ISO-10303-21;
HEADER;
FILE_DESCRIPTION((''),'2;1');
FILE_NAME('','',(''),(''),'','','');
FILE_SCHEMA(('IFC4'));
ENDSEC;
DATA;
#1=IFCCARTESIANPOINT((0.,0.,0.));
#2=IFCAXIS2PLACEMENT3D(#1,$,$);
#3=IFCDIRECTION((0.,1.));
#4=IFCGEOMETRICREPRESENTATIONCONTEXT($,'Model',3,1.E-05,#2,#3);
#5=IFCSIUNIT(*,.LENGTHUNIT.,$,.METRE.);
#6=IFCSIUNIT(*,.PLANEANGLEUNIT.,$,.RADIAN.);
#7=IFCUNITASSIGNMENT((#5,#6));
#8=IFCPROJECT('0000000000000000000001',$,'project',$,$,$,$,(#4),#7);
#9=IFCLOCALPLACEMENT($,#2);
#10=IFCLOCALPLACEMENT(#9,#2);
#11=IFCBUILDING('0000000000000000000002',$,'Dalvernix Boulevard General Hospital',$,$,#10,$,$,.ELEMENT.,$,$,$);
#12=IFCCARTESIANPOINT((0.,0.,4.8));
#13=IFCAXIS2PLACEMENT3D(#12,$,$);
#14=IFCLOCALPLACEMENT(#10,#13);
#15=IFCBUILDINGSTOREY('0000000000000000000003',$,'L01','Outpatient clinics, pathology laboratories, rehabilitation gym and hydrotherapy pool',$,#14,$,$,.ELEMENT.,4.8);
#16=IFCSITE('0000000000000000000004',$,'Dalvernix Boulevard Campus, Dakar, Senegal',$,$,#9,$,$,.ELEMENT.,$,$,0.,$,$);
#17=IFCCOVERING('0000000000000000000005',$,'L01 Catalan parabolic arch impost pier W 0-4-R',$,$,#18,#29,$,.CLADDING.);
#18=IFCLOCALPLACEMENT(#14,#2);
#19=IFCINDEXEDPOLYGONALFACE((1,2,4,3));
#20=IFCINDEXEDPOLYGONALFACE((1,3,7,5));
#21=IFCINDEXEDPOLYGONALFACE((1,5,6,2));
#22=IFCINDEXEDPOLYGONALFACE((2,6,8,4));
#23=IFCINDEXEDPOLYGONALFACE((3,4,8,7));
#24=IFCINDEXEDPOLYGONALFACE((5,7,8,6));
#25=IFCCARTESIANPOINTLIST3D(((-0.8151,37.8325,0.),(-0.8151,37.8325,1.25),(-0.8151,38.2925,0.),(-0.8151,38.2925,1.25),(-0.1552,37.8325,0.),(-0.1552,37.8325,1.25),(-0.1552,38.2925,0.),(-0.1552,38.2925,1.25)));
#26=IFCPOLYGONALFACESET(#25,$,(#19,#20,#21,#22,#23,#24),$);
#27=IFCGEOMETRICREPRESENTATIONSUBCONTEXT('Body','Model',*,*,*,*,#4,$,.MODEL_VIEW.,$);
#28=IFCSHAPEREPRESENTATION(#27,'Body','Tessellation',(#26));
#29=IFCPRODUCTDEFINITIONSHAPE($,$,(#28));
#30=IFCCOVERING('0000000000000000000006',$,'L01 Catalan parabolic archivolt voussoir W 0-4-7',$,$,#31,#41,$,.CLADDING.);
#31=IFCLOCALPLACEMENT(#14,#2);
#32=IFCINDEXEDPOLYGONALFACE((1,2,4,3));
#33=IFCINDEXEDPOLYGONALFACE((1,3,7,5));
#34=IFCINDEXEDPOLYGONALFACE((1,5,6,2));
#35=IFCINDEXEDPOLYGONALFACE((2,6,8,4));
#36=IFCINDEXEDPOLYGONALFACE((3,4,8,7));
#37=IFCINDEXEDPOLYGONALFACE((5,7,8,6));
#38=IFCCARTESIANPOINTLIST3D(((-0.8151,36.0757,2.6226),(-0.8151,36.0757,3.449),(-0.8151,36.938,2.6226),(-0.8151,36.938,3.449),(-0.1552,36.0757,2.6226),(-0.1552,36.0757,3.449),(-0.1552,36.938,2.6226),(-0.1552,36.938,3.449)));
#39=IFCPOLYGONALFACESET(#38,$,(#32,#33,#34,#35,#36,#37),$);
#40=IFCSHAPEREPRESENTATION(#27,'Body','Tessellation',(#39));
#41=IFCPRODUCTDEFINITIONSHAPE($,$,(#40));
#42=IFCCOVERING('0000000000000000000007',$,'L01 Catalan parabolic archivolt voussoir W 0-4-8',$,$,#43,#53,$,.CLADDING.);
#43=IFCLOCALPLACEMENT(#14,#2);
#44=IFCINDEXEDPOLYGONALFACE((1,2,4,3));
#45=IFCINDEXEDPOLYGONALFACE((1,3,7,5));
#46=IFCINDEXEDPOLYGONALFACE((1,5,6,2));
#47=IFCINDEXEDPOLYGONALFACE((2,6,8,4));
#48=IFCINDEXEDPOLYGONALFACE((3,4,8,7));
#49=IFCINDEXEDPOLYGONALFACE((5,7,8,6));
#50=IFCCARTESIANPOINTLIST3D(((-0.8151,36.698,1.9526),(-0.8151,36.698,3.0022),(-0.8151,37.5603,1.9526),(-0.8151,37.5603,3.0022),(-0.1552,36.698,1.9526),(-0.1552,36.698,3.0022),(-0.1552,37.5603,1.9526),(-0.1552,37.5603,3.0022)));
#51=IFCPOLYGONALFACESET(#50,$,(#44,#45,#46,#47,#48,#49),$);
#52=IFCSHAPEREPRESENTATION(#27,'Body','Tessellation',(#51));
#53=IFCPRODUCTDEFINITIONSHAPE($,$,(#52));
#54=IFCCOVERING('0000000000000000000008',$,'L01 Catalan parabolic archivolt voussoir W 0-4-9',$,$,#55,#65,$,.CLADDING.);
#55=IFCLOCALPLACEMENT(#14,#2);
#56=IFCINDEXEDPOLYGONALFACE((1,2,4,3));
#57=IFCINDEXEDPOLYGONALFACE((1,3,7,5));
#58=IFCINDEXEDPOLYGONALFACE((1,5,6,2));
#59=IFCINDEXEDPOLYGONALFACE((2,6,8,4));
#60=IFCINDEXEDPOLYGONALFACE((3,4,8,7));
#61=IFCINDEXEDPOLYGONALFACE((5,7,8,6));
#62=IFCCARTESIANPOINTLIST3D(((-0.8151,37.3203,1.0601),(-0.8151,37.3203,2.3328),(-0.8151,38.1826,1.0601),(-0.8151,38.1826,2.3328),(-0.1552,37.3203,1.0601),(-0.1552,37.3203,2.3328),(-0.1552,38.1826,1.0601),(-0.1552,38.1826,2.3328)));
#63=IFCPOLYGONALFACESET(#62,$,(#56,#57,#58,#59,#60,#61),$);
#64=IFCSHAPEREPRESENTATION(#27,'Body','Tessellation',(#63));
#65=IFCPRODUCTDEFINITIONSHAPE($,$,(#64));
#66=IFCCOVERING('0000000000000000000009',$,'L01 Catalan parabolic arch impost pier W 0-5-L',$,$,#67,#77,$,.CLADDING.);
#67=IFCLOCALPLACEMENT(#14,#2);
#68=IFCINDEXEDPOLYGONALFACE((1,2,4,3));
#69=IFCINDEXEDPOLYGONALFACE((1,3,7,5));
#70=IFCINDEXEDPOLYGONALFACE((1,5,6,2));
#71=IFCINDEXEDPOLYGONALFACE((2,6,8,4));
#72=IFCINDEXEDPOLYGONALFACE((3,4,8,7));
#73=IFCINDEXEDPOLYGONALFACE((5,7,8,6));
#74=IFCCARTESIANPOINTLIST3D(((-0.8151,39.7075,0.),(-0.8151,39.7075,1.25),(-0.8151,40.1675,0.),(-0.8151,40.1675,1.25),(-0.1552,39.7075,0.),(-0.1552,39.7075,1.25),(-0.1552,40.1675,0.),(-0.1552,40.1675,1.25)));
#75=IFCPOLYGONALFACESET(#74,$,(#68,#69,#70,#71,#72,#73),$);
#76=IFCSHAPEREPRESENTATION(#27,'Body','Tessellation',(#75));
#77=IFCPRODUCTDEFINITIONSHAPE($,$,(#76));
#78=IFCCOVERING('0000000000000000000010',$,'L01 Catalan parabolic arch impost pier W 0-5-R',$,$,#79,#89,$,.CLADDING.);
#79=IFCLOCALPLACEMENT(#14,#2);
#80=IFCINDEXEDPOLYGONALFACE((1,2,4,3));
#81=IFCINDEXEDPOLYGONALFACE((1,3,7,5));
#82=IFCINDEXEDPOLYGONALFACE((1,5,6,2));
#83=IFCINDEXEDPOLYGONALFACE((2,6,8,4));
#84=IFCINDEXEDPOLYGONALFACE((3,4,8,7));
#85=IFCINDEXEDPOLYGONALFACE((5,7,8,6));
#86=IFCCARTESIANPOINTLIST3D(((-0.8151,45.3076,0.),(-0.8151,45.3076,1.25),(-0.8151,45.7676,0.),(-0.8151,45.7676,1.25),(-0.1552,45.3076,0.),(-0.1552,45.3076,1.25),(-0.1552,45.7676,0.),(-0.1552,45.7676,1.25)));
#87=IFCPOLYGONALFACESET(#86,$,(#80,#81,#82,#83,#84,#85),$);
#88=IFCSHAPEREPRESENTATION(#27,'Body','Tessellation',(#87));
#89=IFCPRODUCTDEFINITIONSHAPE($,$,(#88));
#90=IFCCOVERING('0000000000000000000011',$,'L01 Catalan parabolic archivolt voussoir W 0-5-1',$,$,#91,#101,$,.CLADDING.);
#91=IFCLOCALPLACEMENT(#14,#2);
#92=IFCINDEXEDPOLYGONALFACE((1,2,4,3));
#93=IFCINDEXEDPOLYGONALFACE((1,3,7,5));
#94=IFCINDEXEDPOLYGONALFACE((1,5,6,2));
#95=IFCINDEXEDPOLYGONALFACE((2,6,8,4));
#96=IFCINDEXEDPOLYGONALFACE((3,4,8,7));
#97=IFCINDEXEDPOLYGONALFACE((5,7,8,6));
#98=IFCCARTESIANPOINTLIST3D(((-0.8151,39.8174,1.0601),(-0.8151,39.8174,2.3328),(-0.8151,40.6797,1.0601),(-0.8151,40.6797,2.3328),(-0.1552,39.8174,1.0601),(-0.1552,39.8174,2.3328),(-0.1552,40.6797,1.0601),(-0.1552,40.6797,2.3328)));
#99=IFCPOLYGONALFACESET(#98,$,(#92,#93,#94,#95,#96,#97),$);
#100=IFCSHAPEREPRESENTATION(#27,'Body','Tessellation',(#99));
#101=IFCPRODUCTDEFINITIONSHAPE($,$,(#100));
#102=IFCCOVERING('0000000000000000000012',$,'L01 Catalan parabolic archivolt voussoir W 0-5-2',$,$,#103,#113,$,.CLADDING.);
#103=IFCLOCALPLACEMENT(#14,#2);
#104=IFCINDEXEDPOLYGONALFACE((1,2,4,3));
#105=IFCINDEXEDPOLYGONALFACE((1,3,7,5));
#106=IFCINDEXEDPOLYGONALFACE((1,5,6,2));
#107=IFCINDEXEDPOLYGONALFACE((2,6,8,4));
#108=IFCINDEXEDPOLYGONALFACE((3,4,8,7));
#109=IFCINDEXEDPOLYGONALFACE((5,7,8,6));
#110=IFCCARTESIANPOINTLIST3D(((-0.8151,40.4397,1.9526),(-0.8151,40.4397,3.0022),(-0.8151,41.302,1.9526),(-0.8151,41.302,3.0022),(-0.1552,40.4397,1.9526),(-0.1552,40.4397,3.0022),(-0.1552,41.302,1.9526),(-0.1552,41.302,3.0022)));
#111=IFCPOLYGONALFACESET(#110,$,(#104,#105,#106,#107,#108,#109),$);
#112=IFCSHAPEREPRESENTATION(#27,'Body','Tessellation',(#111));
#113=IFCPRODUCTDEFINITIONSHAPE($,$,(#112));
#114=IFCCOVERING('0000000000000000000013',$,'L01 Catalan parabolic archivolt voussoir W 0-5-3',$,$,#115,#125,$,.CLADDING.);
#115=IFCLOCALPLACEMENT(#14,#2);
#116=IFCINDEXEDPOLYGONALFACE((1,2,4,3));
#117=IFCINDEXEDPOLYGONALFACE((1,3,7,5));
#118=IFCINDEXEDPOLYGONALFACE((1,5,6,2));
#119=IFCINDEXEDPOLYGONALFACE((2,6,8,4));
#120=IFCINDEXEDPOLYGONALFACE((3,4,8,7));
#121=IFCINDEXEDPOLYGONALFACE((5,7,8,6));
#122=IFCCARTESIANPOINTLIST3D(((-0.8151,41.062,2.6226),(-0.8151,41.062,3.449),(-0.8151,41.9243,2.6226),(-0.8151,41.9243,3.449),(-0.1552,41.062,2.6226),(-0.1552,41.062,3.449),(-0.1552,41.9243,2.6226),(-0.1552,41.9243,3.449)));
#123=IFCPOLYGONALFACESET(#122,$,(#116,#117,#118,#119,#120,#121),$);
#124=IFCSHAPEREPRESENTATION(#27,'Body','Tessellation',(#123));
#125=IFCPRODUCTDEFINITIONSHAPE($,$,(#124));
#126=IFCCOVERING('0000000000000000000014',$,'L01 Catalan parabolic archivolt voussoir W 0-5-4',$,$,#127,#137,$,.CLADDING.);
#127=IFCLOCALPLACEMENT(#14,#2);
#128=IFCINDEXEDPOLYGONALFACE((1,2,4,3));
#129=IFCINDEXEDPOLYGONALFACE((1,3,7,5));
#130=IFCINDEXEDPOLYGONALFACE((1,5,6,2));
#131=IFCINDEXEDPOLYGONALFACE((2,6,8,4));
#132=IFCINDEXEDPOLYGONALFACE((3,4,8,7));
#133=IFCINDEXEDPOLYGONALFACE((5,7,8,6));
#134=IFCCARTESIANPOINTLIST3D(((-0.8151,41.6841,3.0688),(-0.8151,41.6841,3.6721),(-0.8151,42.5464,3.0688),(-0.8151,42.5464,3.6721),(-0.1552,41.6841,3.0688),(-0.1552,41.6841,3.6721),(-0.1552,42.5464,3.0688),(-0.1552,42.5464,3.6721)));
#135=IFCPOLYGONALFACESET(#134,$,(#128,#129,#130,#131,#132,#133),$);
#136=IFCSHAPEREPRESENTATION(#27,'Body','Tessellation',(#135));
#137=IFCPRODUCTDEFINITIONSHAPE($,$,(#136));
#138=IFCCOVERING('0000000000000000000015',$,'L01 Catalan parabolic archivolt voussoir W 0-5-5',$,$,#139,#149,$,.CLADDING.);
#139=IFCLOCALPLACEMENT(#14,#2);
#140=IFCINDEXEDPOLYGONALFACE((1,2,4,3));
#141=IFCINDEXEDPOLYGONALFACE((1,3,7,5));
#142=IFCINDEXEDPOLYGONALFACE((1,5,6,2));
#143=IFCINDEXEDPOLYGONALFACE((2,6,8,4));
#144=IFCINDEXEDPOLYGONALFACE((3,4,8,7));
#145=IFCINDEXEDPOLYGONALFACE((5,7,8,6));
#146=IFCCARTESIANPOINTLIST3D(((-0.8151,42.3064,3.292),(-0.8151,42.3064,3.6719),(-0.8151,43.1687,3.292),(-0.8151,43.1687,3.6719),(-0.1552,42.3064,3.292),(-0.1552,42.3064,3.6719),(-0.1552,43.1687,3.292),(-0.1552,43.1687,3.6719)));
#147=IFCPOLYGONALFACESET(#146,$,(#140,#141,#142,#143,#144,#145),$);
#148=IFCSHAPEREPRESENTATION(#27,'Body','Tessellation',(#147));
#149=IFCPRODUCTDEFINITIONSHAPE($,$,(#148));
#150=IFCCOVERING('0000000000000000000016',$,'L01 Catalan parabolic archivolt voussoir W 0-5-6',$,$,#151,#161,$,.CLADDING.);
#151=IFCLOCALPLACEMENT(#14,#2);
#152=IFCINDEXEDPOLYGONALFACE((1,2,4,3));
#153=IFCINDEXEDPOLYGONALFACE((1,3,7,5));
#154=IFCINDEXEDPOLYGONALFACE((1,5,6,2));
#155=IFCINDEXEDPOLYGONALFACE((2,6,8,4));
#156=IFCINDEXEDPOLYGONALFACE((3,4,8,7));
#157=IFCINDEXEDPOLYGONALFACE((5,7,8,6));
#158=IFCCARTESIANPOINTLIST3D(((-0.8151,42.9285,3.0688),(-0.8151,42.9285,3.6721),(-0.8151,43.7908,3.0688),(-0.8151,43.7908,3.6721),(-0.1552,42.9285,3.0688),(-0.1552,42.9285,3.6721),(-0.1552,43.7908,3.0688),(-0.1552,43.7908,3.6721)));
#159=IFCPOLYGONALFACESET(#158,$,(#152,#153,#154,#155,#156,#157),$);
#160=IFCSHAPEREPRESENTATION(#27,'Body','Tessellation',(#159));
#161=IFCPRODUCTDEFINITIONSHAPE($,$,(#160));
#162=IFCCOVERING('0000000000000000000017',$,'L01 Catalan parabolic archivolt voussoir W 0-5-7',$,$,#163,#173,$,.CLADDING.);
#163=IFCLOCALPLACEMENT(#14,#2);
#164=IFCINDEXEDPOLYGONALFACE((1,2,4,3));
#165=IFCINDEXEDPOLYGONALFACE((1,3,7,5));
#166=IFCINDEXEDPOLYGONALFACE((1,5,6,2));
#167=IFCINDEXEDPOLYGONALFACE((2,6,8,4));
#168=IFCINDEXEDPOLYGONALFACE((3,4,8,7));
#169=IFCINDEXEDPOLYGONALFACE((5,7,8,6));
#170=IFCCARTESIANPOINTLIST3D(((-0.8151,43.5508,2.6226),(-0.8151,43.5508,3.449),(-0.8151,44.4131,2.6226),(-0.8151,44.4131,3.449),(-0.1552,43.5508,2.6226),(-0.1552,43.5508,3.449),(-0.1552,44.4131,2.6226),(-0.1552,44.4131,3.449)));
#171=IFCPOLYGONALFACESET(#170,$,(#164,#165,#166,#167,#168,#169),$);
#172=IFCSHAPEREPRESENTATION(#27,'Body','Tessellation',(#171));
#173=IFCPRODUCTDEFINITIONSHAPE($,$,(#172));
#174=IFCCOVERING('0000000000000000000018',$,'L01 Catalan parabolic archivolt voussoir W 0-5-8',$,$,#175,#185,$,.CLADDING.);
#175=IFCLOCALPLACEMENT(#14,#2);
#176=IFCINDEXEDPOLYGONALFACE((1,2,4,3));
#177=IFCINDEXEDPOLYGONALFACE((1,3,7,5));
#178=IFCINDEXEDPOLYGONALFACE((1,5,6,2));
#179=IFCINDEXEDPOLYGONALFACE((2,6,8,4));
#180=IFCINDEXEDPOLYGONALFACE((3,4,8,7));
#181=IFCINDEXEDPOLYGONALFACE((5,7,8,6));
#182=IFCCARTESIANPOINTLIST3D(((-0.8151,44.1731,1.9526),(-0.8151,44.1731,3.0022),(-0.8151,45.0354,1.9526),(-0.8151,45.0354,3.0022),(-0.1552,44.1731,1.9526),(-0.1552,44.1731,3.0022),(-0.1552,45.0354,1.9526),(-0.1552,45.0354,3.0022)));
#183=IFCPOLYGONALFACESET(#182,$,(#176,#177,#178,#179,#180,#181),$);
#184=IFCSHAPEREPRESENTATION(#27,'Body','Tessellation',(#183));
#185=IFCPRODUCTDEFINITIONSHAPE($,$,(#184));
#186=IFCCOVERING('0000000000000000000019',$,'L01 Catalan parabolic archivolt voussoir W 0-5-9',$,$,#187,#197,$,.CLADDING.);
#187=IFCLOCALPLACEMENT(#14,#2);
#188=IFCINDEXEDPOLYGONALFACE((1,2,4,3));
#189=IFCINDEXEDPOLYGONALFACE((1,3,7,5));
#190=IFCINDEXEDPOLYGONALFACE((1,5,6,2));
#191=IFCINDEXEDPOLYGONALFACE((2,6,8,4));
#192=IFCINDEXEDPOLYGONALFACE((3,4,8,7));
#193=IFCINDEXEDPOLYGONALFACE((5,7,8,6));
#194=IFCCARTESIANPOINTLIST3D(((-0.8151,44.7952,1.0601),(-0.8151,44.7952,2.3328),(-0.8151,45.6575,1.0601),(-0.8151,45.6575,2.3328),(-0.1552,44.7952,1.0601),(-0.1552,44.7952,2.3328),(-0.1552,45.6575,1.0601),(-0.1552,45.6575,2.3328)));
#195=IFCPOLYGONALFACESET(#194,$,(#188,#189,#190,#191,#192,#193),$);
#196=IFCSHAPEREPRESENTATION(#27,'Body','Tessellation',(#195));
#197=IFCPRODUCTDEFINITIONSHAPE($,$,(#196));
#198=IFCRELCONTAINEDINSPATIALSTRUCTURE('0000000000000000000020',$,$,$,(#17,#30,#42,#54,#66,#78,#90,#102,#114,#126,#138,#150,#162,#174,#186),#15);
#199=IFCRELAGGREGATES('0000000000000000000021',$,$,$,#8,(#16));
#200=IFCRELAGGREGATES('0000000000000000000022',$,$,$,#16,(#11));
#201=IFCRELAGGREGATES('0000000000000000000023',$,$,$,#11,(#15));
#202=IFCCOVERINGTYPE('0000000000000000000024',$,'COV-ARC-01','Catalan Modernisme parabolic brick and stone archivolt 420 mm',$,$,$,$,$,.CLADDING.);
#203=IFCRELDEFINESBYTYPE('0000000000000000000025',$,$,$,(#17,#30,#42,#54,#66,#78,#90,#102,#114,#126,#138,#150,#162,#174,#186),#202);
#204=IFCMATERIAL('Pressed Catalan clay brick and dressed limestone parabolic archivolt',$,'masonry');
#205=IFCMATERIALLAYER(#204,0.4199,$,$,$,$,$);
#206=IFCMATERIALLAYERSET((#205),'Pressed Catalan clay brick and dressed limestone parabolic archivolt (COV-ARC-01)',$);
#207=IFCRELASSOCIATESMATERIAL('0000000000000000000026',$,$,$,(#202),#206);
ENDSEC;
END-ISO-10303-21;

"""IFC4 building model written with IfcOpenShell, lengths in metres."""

from ifc_helpers import new_model, si_unit, direction, frame, origin, origin_2d, place, context, subcontext, project, spatial, rectangle, extrude, material, layer, layer_set, type_object, element, save


model = new_model("IFC4")

# Units and contexts
model_context = context("Model", 3, precision=1e-05, world=origin(), true_north=direction((0.0, 1.0)))
body_context = subcontext(model_context, "Body", "Model", "MODEL_VIEW")
ifc_project = project(units=[si_unit("LENGTHUNIT", "METRE"), si_unit("PLANEANGLEUNIT", "RADIAN")], contexts=[model_context])

# Site, building, storey
site_placement = place(None, origin())
site = spatial("IfcSite", under=ifc_project, at=site_placement, Name="Dalvernix Boulevard Campus, Dakar, Senegal", CompositionType="ELEMENT", RefElevation=0.0)
building_placement = place(site_placement, origin())
building = spatial("IfcBuilding", under=site, at=building_placement, Name="Dalvernix Boulevard General Hospital", CompositionType="ELEMENT")
storey_placement = place(building_placement, frame((0.0, 0.0, 4.8)))
storey = spatial("IfcBuildingStorey", under=building, at=storey_placement, Name="L01", Description="Outpatient clinics, pathology laboratories, rehabilitation gym and hydrotherapy pool", CompositionType="ELEMENT", Elevation=4.8)

# Coverings
ifc_material_1 = material(Name="Pressed Catalan clay brick and dressed limestone parabolic archivolt", Category="masonry")
ifc_layer_1 = layer(ifc_material_1, 0.4199)
ifc_layer_set_1 = layer_set([ifc_layer_1], Name="Pressed Catalan clay brick and dressed limestone parabolic archivolt (COV-ARC-01)")
covering_type_1 = type_object("IfcCoveringType", Name="COV-ARC-01", Description="Catalan Modernisme parabolic brick and stone archivolt 420 mm", PredefinedType="CLADDING", material=ifc_layer_set_1)
covering_1_placement = place(storey_placement, frame((-0.4851, 38.0625, 0.0), z_axis=(0.0, 0.0, 1.0), x_axis=(0.0, 1.0, 0.0)))
element("IfcCovering", 1, at=covering_1_placement, inside=storey, type_object=covering_type_1, Name="L01 Catalan parabolic arch impost pier W 0-4-R", PredefinedType="CLADDING", context=body_context, shape_type="SweptSolid", body=[
    extrude(rectangle(XDim=0.46, YDim=0.6599, at=origin_2d()), origin(), (0.0, 0.0, 1.0), 1.25),
])
covering_2_placement = place(storey_placement, frame((-0.4851, 36.5068, 2.6226), z_axis=(0.0, 0.0, 1.0), x_axis=(0.0, 1.0, 0.0)))
element("IfcCovering", 2, at=covering_2_placement, inside=storey, type_object=covering_type_1, Name="L01 Catalan parabolic archivolt voussoir W 0-4-7", PredefinedType="CLADDING", context=body_context, shape_type="SweptSolid", body=[
    extrude(rectangle(XDim=0.8623, YDim=0.6599, at=origin_2d()), origin(), (0.0, 0.0, 1.0), 0.8264),
])
covering_3_placement = place(storey_placement, frame((-0.4851, 37.1292, 1.9526), z_axis=(0.0, 0.0, 1.0), x_axis=(0.0, 1.0, 0.0)))
element("IfcCovering", 3, at=covering_3_placement, inside=storey, type_object=covering_type_1, Name="L01 Catalan parabolic archivolt voussoir W 0-4-8", PredefinedType="CLADDING", context=body_context, shape_type="SweptSolid", body=[
    extrude(rectangle(XDim=0.8623, YDim=0.6599, at=origin_2d()), origin(), (0.0, 0.0, 1.0), 1.0496),
])
covering_4_placement = place(storey_placement, frame((-0.4851, 37.7515, 1.0601), z_axis=(0.0, 0.0, 1.0), x_axis=(0.0, 1.0, 0.0)))
element("IfcCovering", 4, at=covering_4_placement, inside=storey, type_object=covering_type_1, Name="L01 Catalan parabolic archivolt voussoir W 0-4-9", PredefinedType="CLADDING", context=body_context, shape_type="SweptSolid", body=[
    extrude(rectangle(XDim=0.8623, YDim=0.6599, at=origin_2d()), origin(), (0.0, 0.0, 1.0), 1.2727),
])
for number, where, z_axis, x_axis, name in (
    (5, (-0.4851, 39.9375, 0.0), (0.0, 0.0, 1.0), (0.0, 1.0, 0.0), "L01 Catalan parabolic arch impost pier W 0-5-L"),
    (6, (-0.4851, 45.5376, 0.0), (0.0, 0.0, 1.0), (0.0, 1.0, 0.0), "L01 Catalan parabolic arch impost pier W 0-5-R"),
):
    element("IfcCovering", number, at=place(storey_placement, frame(where, z_axis=z_axis, x_axis=x_axis)), inside=storey, type_object=covering_type_1, Name=name, PredefinedType="CLADDING", context=body_context, shape_type="SweptSolid", body=[
        extrude(rectangle(XDim=0.46, YDim=0.6599, at=origin_2d()), origin(), (0.0, 0.0, 1.0), 1.25),
    ])
covering_5_placement = place(storey_placement, frame((-0.4851, 40.2485, 1.0601), z_axis=(0.0, 0.0, 1.0), x_axis=(0.0, 1.0, 0.0)))
element("IfcCovering", 7, at=covering_5_placement, inside=storey, type_object=covering_type_1, Name="L01 Catalan parabolic archivolt voussoir W 0-5-1", PredefinedType="CLADDING", context=body_context, shape_type="SweptSolid", body=[
    extrude(rectangle(XDim=0.8623, YDim=0.6599, at=origin_2d()), origin(), (0.0, 0.0, 1.0), 1.2727),
])
covering_6_placement = place(storey_placement, frame((-0.4851, 40.8708, 1.9526), z_axis=(0.0, 0.0, 1.0), x_axis=(0.0, 1.0, 0.0)))
element("IfcCovering", 8, at=covering_6_placement, inside=storey, type_object=covering_type_1, Name="L01 Catalan parabolic archivolt voussoir W 0-5-2", PredefinedType="CLADDING", context=body_context, shape_type="SweptSolid", body=[
    extrude(rectangle(XDim=0.8623, YDim=0.6599, at=origin_2d()), origin(), (0.0, 0.0, 1.0), 1.0496),
])
covering_7_placement = place(storey_placement, frame((-0.4851, 41.4932, 2.6226), z_axis=(0.0, 0.0, 1.0), x_axis=(0.0, 1.0, 0.0)))
element("IfcCovering", 9, at=covering_7_placement, inside=storey, type_object=covering_type_1, Name="L01 Catalan parabolic archivolt voussoir W 0-5-3", PredefinedType="CLADDING", context=body_context, shape_type="SweptSolid", body=[
    extrude(rectangle(XDim=0.8623, YDim=0.6599, at=origin_2d()), origin(), (0.0, 0.0, 1.0), 0.8264),
])
covering_8_placement = place(storey_placement, frame((-0.4851, 42.1152, 3.0688), z_axis=(0.0, 0.0, 1.0), x_axis=(0.0, 1.0, 0.0)))
element("IfcCovering", 10, at=covering_8_placement, inside=storey, type_object=covering_type_1, Name="L01 Catalan parabolic archivolt voussoir W 0-5-4", PredefinedType="CLADDING", context=body_context, shape_type="SweptSolid", body=[
    extrude(rectangle(XDim=0.8623, YDim=0.6599, at=origin_2d()), origin(), (0.0, 0.0, 1.0), 0.6033),
])
covering_9_placement = place(storey_placement, frame((-0.4851, 42.7375, 3.292), z_axis=(0.0, 0.0, 1.0), x_axis=(0.0, 1.0, 0.0)))
element("IfcCovering", 11, at=covering_9_placement, inside=storey, type_object=covering_type_1, Name="L01 Catalan parabolic archivolt voussoir W 0-5-5", PredefinedType="CLADDING", context=body_context, shape_type="SweptSolid", body=[
    extrude(rectangle(XDim=0.8623, YDim=0.6599, at=origin_2d()), origin(), (0.0, 0.0, 1.0), 0.3799),
])
covering_10_placement = place(storey_placement, frame((-0.4851, 43.3596, 3.0688), z_axis=(0.0, 0.0, 1.0), x_axis=(0.0, 1.0, 0.0)))
element("IfcCovering", 12, at=covering_10_placement, inside=storey, type_object=covering_type_1, Name="L01 Catalan parabolic archivolt voussoir W 0-5-6", PredefinedType="CLADDING", context=body_context, shape_type="SweptSolid", body=[
    extrude(rectangle(XDim=0.8623, YDim=0.6599, at=origin_2d()), origin(), (0.0, 0.0, 1.0), 0.6033),
])
covering_11_placement = place(storey_placement, frame((-0.4851, 43.9819, 2.6226), z_axis=(0.0, 0.0, 1.0), x_axis=(0.0, 1.0, 0.0)))
element("IfcCovering", 13, at=covering_11_placement, inside=storey, type_object=covering_type_1, Name="L01 Catalan parabolic archivolt voussoir W 0-5-7", PredefinedType="CLADDING", context=body_context, shape_type="SweptSolid", body=[
    extrude(rectangle(XDim=0.8623, YDim=0.6599, at=origin_2d()), origin(), (0.0, 0.0, 1.0), 0.8264),
])
covering_12_placement = place(storey_placement, frame((-0.4851, 44.6042, 1.9526), z_axis=(0.0, 0.0, 1.0), x_axis=(0.0, 1.0, 0.0)))
element("IfcCovering", 14, at=covering_12_placement, inside=storey, type_object=covering_type_1, Name="L01 Catalan parabolic archivolt voussoir W 0-5-8", PredefinedType="CLADDING", context=body_context, shape_type="SweptSolid", body=[
    extrude(rectangle(XDim=0.8623, YDim=0.6599, at=origin_2d()), origin(), (0.0, 0.0, 1.0), 1.0496),
])
covering_13_placement = place(storey_placement, frame((-0.4851, 45.2263, 1.0601), z_axis=(0.0, 0.0, 1.0), x_axis=(0.0, 1.0, 0.0)))
element("IfcCovering", 15, at=covering_13_placement, inside=storey, type_object=covering_type_1, Name="L01 Catalan parabolic archivolt voussoir W 0-5-9", PredefinedType="CLADDING", context=body_context, shape_type="SweptSolid", body=[
    extrude(rectangle(XDim=0.8623, YDim=0.6599, at=origin_2d()), origin(), (0.0, 0.0, 1.0), 1.2727),
])

save(model, "model.ifc")
